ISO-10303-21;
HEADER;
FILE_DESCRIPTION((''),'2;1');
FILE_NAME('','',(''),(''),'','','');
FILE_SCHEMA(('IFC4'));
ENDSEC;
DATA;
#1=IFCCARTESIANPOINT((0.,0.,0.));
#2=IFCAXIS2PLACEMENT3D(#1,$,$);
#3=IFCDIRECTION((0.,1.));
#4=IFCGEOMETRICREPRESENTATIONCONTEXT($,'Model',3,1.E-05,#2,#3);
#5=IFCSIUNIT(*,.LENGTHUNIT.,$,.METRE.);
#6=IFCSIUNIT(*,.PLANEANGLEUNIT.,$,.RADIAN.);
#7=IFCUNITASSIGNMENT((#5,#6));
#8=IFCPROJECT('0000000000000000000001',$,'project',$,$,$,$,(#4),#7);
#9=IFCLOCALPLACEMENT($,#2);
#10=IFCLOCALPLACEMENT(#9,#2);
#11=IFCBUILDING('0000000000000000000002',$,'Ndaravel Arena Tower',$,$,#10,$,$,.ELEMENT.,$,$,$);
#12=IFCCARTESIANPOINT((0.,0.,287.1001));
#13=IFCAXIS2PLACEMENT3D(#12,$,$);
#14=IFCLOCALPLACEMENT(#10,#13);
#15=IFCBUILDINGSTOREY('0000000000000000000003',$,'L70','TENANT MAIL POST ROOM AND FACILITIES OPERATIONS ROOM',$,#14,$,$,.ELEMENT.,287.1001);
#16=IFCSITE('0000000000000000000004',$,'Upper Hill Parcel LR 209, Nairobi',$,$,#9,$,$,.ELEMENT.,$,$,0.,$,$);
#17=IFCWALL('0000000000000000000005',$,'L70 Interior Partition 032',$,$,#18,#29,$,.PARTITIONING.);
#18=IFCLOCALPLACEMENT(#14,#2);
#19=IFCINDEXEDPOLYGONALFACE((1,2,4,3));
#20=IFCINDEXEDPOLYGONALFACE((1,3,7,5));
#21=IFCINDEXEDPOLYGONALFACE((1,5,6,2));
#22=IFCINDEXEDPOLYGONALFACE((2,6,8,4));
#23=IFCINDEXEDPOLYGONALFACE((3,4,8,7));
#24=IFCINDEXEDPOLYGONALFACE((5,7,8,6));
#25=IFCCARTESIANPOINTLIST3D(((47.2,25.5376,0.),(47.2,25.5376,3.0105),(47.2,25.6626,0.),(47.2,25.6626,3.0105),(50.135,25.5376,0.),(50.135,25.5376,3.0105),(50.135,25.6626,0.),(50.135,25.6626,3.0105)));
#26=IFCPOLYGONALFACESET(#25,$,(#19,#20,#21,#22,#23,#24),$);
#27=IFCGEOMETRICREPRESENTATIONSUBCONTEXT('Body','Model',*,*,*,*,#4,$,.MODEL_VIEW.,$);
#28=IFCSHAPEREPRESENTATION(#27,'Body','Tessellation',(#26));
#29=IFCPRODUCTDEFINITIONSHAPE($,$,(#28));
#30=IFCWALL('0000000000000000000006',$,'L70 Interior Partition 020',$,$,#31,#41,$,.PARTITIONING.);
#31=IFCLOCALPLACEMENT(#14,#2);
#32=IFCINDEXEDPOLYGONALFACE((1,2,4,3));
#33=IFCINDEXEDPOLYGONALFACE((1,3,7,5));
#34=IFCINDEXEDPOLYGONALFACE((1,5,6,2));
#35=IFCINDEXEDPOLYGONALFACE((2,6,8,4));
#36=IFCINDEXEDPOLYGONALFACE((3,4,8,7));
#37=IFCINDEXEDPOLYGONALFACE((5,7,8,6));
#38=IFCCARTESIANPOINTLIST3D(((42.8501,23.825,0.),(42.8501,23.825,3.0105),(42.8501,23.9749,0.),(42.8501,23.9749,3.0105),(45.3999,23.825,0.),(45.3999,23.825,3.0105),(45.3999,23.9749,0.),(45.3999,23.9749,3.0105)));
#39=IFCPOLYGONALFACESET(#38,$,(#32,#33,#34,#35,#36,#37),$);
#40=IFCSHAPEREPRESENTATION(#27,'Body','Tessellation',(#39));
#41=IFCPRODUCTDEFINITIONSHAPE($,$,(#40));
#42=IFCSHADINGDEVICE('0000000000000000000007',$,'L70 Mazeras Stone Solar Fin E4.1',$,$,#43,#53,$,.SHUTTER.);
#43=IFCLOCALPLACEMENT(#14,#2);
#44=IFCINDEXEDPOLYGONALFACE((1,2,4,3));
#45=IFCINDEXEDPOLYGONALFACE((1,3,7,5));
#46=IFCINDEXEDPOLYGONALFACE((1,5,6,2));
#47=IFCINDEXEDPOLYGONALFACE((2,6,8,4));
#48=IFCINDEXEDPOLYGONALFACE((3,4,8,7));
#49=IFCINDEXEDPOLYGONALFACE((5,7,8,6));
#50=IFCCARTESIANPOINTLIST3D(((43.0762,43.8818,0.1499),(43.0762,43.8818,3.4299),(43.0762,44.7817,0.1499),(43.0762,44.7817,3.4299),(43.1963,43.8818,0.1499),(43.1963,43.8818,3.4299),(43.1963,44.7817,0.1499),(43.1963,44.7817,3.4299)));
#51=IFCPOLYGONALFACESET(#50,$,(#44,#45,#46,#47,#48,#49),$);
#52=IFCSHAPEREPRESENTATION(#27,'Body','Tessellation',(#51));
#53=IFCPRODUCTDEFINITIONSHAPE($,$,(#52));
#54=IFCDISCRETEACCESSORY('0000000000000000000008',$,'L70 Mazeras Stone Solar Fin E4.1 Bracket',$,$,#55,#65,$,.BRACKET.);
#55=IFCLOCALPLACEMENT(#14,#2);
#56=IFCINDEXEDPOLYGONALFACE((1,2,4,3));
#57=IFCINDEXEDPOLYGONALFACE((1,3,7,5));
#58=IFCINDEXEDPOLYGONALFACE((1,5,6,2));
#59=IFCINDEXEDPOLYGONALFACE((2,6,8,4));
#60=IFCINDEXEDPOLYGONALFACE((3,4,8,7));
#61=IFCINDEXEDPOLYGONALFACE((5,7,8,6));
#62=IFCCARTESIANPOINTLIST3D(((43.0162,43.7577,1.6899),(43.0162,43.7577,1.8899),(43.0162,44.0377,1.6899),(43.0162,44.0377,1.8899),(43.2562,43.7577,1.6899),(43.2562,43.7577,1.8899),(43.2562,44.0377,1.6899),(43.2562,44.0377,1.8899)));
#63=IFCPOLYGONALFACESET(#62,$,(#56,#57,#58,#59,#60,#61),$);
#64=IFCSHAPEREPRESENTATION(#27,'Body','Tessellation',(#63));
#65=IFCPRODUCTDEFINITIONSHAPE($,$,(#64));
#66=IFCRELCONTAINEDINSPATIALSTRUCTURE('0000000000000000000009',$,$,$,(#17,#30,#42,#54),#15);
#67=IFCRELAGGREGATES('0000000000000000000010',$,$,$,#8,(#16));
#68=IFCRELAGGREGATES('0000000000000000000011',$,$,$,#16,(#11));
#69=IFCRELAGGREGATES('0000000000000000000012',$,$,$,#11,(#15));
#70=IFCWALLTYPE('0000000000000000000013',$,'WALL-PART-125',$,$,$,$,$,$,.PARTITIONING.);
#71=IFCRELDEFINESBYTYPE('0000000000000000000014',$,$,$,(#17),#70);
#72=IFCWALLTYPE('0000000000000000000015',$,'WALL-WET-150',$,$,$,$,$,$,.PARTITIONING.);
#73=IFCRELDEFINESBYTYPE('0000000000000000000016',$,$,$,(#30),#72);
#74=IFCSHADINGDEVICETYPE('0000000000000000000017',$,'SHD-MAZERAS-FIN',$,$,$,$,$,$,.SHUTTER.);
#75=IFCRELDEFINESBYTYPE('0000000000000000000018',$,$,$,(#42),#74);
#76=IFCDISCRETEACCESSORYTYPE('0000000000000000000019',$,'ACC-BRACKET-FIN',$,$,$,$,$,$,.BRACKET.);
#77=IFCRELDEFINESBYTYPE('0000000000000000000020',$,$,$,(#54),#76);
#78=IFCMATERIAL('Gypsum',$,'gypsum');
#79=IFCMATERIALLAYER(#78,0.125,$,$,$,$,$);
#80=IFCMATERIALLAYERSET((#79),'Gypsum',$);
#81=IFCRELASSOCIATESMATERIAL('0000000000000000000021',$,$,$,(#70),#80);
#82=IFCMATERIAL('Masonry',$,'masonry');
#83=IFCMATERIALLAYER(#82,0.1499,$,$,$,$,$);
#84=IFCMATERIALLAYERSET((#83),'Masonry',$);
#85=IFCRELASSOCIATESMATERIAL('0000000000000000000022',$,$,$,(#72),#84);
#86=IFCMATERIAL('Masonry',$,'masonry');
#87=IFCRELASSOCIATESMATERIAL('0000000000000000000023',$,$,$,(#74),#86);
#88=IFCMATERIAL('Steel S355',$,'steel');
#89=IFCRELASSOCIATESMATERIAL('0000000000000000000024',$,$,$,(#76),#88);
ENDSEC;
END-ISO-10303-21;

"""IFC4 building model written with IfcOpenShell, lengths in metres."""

from ifc_helpers import new_model, si_unit, direction, frame, frame_2d, origin, origin_2d, place, context, subcontext, project, spatial, rectangle, extrude, material, layer, layer_set, type_object, element, save


model = new_model("IFC4")

# Units and contexts
model_context = context("Model", 3, precision=1e-05, world=origin(), true_north=direction((0.0, 1.0)))
body_context = subcontext(model_context, "Body", "Model", "MODEL_VIEW")
ifc_project = project(units=[si_unit("LENGTHUNIT", "METRE"), si_unit("PLANEANGLEUNIT", "RADIAN")], contexts=[model_context])

# Site, building, storey
site_placement = place(None, origin())
site = spatial("IfcSite", under=ifc_project, at=site_placement, Name="Upper Hill Parcel LR 209, Nairobi", CompositionType="ELEMENT", RefElevation=0.0)
building_placement = place(site_placement, origin())
building = spatial("IfcBuilding", under=site, at=building_placement, Name="Ndaravel Arena Tower", CompositionType="ELEMENT")
storey_placement = place(building_placement, frame((0.0, 0.0, 287.1001)))
storey = spatial("IfcBuildingStorey", under=building, at=storey_placement, Name="L70", Description="TENANT MAIL POST ROOM AND FACILITIES OPERATIONS ROOM", CompositionType="ELEMENT", Elevation=287.1001)

# Shared definitions
ifc_material_1 = material(Name="Gypsum", Category="gypsum")
ifc_layer_1 = layer(ifc_material_1, 0.125)
ifc_layer_set_1 = layer_set([ifc_layer_1], Name="Gypsum")
wall_type_1 = type_object("IfcWallType", Name="WALL-PART-125", PredefinedType="PARTITIONING", material=ifc_layer_set_1)

# Walls
wall_1_placement = place(storey_placement, frame((47.2, 25.6001, 0.0), z_axis=(0.0, 0.0, 1.0), x_axis=(1.0, 0.0, 0.0)))
element("IfcWall", 1, at=wall_1_placement, inside=storey, type_object=wall_type_1, Name="L70 Interior Partition 032", PredefinedType="PARTITIONING", context=body_context, shape_type="SweptSolid", body=[
    extrude(rectangle(XDim=2.9351, YDim=0.125, at=frame_2d((1.4675, 0.0))), origin(), (0.0, 0.0, 1.0), 3.0105),
])
ifc_material_2 = material(Name="Masonry", Category="masonry")
ifc_layer_2 = layer(ifc_material_2, 0.1499)
ifc_layer_set_2 = layer_set([ifc_layer_2], Name="Masonry")
wall_type_2 = type_object("IfcWallType", Name="WALL-WET-150", PredefinedType="PARTITIONING", material=ifc_layer_set_2)
wall_2_placement = place(storey_placement, frame((45.3999, 23.8999, 0.0), z_axis=(0.0, 0.0, 1.0), x_axis=(-1.0, 0.0, 0.0)))
element("IfcWall", 2, at=wall_2_placement, inside=storey, type_object=wall_type_2, Name="L70 Interior Partition 020", PredefinedType="PARTITIONING", context=body_context, shape_type="SweptSolid", body=[
    extrude(rectangle(XDim=2.5498, YDim=0.1499, at=frame_2d((1.2749, 0.0))), origin(), (0.0, 0.0, 1.0), 3.0105),
])

# Shading device
ifc_material_3 = material(Name="Masonry", Category="masonry")
shading_device_type = type_object("IfcShadingDeviceType", Name="SHD-MAZERAS-FIN", PredefinedType="SHUTTER", material=ifc_material_3)
shading_device_placement = place(storey_placement, frame((43.1362, 44.3318, 0.1499), z_axis=(0.0, 0.0, 1.0), x_axis=(0.0, 1.0, 0.0)))
element("IfcShadingDevice", 3, at=shading_device_placement, inside=storey, type_object=shading_device_type, Name="L70 Mazeras Stone Solar Fin E4.1", PredefinedType="SHUTTER", context=body_context, shape_type="SweptSolid", body=[
    extrude(rectangle(XDim=0.8999, YDim=0.1201, at=origin_2d()), origin(), (0.0, 0.0, 1.0), 3.28),
])

# Discrete accessory
ifc_material_4 = material(Name="Steel S355", Category="steel")
discrete_accessory_type = type_object("IfcDiscreteAccessoryType", Name="ACC-BRACKET-FIN", PredefinedType="BRACKET", material=ifc_material_4)
discrete_accessory_placement = place(storey_placement, frame((43.1362, 43.8977, 1.6899), z_axis=(0.0, 0.0, 1.0), x_axis=(0.0, 1.0, 0.0)))
element("IfcDiscreteAccessory", 4, at=discrete_accessory_placement, inside=storey, type_object=discrete_accessory_type, Name="L70 Mazeras Stone Solar Fin E4.1 Bracket", PredefinedType="BRACKET", context=body_context, shape_type="SweptSolid", body=[
    extrude(rectangle(XDim=0.28, YDim=0.24, at=origin_2d()), origin(), (0.0, 0.0, 1.0), 0.2),
])

save(model, "model.ifc")
